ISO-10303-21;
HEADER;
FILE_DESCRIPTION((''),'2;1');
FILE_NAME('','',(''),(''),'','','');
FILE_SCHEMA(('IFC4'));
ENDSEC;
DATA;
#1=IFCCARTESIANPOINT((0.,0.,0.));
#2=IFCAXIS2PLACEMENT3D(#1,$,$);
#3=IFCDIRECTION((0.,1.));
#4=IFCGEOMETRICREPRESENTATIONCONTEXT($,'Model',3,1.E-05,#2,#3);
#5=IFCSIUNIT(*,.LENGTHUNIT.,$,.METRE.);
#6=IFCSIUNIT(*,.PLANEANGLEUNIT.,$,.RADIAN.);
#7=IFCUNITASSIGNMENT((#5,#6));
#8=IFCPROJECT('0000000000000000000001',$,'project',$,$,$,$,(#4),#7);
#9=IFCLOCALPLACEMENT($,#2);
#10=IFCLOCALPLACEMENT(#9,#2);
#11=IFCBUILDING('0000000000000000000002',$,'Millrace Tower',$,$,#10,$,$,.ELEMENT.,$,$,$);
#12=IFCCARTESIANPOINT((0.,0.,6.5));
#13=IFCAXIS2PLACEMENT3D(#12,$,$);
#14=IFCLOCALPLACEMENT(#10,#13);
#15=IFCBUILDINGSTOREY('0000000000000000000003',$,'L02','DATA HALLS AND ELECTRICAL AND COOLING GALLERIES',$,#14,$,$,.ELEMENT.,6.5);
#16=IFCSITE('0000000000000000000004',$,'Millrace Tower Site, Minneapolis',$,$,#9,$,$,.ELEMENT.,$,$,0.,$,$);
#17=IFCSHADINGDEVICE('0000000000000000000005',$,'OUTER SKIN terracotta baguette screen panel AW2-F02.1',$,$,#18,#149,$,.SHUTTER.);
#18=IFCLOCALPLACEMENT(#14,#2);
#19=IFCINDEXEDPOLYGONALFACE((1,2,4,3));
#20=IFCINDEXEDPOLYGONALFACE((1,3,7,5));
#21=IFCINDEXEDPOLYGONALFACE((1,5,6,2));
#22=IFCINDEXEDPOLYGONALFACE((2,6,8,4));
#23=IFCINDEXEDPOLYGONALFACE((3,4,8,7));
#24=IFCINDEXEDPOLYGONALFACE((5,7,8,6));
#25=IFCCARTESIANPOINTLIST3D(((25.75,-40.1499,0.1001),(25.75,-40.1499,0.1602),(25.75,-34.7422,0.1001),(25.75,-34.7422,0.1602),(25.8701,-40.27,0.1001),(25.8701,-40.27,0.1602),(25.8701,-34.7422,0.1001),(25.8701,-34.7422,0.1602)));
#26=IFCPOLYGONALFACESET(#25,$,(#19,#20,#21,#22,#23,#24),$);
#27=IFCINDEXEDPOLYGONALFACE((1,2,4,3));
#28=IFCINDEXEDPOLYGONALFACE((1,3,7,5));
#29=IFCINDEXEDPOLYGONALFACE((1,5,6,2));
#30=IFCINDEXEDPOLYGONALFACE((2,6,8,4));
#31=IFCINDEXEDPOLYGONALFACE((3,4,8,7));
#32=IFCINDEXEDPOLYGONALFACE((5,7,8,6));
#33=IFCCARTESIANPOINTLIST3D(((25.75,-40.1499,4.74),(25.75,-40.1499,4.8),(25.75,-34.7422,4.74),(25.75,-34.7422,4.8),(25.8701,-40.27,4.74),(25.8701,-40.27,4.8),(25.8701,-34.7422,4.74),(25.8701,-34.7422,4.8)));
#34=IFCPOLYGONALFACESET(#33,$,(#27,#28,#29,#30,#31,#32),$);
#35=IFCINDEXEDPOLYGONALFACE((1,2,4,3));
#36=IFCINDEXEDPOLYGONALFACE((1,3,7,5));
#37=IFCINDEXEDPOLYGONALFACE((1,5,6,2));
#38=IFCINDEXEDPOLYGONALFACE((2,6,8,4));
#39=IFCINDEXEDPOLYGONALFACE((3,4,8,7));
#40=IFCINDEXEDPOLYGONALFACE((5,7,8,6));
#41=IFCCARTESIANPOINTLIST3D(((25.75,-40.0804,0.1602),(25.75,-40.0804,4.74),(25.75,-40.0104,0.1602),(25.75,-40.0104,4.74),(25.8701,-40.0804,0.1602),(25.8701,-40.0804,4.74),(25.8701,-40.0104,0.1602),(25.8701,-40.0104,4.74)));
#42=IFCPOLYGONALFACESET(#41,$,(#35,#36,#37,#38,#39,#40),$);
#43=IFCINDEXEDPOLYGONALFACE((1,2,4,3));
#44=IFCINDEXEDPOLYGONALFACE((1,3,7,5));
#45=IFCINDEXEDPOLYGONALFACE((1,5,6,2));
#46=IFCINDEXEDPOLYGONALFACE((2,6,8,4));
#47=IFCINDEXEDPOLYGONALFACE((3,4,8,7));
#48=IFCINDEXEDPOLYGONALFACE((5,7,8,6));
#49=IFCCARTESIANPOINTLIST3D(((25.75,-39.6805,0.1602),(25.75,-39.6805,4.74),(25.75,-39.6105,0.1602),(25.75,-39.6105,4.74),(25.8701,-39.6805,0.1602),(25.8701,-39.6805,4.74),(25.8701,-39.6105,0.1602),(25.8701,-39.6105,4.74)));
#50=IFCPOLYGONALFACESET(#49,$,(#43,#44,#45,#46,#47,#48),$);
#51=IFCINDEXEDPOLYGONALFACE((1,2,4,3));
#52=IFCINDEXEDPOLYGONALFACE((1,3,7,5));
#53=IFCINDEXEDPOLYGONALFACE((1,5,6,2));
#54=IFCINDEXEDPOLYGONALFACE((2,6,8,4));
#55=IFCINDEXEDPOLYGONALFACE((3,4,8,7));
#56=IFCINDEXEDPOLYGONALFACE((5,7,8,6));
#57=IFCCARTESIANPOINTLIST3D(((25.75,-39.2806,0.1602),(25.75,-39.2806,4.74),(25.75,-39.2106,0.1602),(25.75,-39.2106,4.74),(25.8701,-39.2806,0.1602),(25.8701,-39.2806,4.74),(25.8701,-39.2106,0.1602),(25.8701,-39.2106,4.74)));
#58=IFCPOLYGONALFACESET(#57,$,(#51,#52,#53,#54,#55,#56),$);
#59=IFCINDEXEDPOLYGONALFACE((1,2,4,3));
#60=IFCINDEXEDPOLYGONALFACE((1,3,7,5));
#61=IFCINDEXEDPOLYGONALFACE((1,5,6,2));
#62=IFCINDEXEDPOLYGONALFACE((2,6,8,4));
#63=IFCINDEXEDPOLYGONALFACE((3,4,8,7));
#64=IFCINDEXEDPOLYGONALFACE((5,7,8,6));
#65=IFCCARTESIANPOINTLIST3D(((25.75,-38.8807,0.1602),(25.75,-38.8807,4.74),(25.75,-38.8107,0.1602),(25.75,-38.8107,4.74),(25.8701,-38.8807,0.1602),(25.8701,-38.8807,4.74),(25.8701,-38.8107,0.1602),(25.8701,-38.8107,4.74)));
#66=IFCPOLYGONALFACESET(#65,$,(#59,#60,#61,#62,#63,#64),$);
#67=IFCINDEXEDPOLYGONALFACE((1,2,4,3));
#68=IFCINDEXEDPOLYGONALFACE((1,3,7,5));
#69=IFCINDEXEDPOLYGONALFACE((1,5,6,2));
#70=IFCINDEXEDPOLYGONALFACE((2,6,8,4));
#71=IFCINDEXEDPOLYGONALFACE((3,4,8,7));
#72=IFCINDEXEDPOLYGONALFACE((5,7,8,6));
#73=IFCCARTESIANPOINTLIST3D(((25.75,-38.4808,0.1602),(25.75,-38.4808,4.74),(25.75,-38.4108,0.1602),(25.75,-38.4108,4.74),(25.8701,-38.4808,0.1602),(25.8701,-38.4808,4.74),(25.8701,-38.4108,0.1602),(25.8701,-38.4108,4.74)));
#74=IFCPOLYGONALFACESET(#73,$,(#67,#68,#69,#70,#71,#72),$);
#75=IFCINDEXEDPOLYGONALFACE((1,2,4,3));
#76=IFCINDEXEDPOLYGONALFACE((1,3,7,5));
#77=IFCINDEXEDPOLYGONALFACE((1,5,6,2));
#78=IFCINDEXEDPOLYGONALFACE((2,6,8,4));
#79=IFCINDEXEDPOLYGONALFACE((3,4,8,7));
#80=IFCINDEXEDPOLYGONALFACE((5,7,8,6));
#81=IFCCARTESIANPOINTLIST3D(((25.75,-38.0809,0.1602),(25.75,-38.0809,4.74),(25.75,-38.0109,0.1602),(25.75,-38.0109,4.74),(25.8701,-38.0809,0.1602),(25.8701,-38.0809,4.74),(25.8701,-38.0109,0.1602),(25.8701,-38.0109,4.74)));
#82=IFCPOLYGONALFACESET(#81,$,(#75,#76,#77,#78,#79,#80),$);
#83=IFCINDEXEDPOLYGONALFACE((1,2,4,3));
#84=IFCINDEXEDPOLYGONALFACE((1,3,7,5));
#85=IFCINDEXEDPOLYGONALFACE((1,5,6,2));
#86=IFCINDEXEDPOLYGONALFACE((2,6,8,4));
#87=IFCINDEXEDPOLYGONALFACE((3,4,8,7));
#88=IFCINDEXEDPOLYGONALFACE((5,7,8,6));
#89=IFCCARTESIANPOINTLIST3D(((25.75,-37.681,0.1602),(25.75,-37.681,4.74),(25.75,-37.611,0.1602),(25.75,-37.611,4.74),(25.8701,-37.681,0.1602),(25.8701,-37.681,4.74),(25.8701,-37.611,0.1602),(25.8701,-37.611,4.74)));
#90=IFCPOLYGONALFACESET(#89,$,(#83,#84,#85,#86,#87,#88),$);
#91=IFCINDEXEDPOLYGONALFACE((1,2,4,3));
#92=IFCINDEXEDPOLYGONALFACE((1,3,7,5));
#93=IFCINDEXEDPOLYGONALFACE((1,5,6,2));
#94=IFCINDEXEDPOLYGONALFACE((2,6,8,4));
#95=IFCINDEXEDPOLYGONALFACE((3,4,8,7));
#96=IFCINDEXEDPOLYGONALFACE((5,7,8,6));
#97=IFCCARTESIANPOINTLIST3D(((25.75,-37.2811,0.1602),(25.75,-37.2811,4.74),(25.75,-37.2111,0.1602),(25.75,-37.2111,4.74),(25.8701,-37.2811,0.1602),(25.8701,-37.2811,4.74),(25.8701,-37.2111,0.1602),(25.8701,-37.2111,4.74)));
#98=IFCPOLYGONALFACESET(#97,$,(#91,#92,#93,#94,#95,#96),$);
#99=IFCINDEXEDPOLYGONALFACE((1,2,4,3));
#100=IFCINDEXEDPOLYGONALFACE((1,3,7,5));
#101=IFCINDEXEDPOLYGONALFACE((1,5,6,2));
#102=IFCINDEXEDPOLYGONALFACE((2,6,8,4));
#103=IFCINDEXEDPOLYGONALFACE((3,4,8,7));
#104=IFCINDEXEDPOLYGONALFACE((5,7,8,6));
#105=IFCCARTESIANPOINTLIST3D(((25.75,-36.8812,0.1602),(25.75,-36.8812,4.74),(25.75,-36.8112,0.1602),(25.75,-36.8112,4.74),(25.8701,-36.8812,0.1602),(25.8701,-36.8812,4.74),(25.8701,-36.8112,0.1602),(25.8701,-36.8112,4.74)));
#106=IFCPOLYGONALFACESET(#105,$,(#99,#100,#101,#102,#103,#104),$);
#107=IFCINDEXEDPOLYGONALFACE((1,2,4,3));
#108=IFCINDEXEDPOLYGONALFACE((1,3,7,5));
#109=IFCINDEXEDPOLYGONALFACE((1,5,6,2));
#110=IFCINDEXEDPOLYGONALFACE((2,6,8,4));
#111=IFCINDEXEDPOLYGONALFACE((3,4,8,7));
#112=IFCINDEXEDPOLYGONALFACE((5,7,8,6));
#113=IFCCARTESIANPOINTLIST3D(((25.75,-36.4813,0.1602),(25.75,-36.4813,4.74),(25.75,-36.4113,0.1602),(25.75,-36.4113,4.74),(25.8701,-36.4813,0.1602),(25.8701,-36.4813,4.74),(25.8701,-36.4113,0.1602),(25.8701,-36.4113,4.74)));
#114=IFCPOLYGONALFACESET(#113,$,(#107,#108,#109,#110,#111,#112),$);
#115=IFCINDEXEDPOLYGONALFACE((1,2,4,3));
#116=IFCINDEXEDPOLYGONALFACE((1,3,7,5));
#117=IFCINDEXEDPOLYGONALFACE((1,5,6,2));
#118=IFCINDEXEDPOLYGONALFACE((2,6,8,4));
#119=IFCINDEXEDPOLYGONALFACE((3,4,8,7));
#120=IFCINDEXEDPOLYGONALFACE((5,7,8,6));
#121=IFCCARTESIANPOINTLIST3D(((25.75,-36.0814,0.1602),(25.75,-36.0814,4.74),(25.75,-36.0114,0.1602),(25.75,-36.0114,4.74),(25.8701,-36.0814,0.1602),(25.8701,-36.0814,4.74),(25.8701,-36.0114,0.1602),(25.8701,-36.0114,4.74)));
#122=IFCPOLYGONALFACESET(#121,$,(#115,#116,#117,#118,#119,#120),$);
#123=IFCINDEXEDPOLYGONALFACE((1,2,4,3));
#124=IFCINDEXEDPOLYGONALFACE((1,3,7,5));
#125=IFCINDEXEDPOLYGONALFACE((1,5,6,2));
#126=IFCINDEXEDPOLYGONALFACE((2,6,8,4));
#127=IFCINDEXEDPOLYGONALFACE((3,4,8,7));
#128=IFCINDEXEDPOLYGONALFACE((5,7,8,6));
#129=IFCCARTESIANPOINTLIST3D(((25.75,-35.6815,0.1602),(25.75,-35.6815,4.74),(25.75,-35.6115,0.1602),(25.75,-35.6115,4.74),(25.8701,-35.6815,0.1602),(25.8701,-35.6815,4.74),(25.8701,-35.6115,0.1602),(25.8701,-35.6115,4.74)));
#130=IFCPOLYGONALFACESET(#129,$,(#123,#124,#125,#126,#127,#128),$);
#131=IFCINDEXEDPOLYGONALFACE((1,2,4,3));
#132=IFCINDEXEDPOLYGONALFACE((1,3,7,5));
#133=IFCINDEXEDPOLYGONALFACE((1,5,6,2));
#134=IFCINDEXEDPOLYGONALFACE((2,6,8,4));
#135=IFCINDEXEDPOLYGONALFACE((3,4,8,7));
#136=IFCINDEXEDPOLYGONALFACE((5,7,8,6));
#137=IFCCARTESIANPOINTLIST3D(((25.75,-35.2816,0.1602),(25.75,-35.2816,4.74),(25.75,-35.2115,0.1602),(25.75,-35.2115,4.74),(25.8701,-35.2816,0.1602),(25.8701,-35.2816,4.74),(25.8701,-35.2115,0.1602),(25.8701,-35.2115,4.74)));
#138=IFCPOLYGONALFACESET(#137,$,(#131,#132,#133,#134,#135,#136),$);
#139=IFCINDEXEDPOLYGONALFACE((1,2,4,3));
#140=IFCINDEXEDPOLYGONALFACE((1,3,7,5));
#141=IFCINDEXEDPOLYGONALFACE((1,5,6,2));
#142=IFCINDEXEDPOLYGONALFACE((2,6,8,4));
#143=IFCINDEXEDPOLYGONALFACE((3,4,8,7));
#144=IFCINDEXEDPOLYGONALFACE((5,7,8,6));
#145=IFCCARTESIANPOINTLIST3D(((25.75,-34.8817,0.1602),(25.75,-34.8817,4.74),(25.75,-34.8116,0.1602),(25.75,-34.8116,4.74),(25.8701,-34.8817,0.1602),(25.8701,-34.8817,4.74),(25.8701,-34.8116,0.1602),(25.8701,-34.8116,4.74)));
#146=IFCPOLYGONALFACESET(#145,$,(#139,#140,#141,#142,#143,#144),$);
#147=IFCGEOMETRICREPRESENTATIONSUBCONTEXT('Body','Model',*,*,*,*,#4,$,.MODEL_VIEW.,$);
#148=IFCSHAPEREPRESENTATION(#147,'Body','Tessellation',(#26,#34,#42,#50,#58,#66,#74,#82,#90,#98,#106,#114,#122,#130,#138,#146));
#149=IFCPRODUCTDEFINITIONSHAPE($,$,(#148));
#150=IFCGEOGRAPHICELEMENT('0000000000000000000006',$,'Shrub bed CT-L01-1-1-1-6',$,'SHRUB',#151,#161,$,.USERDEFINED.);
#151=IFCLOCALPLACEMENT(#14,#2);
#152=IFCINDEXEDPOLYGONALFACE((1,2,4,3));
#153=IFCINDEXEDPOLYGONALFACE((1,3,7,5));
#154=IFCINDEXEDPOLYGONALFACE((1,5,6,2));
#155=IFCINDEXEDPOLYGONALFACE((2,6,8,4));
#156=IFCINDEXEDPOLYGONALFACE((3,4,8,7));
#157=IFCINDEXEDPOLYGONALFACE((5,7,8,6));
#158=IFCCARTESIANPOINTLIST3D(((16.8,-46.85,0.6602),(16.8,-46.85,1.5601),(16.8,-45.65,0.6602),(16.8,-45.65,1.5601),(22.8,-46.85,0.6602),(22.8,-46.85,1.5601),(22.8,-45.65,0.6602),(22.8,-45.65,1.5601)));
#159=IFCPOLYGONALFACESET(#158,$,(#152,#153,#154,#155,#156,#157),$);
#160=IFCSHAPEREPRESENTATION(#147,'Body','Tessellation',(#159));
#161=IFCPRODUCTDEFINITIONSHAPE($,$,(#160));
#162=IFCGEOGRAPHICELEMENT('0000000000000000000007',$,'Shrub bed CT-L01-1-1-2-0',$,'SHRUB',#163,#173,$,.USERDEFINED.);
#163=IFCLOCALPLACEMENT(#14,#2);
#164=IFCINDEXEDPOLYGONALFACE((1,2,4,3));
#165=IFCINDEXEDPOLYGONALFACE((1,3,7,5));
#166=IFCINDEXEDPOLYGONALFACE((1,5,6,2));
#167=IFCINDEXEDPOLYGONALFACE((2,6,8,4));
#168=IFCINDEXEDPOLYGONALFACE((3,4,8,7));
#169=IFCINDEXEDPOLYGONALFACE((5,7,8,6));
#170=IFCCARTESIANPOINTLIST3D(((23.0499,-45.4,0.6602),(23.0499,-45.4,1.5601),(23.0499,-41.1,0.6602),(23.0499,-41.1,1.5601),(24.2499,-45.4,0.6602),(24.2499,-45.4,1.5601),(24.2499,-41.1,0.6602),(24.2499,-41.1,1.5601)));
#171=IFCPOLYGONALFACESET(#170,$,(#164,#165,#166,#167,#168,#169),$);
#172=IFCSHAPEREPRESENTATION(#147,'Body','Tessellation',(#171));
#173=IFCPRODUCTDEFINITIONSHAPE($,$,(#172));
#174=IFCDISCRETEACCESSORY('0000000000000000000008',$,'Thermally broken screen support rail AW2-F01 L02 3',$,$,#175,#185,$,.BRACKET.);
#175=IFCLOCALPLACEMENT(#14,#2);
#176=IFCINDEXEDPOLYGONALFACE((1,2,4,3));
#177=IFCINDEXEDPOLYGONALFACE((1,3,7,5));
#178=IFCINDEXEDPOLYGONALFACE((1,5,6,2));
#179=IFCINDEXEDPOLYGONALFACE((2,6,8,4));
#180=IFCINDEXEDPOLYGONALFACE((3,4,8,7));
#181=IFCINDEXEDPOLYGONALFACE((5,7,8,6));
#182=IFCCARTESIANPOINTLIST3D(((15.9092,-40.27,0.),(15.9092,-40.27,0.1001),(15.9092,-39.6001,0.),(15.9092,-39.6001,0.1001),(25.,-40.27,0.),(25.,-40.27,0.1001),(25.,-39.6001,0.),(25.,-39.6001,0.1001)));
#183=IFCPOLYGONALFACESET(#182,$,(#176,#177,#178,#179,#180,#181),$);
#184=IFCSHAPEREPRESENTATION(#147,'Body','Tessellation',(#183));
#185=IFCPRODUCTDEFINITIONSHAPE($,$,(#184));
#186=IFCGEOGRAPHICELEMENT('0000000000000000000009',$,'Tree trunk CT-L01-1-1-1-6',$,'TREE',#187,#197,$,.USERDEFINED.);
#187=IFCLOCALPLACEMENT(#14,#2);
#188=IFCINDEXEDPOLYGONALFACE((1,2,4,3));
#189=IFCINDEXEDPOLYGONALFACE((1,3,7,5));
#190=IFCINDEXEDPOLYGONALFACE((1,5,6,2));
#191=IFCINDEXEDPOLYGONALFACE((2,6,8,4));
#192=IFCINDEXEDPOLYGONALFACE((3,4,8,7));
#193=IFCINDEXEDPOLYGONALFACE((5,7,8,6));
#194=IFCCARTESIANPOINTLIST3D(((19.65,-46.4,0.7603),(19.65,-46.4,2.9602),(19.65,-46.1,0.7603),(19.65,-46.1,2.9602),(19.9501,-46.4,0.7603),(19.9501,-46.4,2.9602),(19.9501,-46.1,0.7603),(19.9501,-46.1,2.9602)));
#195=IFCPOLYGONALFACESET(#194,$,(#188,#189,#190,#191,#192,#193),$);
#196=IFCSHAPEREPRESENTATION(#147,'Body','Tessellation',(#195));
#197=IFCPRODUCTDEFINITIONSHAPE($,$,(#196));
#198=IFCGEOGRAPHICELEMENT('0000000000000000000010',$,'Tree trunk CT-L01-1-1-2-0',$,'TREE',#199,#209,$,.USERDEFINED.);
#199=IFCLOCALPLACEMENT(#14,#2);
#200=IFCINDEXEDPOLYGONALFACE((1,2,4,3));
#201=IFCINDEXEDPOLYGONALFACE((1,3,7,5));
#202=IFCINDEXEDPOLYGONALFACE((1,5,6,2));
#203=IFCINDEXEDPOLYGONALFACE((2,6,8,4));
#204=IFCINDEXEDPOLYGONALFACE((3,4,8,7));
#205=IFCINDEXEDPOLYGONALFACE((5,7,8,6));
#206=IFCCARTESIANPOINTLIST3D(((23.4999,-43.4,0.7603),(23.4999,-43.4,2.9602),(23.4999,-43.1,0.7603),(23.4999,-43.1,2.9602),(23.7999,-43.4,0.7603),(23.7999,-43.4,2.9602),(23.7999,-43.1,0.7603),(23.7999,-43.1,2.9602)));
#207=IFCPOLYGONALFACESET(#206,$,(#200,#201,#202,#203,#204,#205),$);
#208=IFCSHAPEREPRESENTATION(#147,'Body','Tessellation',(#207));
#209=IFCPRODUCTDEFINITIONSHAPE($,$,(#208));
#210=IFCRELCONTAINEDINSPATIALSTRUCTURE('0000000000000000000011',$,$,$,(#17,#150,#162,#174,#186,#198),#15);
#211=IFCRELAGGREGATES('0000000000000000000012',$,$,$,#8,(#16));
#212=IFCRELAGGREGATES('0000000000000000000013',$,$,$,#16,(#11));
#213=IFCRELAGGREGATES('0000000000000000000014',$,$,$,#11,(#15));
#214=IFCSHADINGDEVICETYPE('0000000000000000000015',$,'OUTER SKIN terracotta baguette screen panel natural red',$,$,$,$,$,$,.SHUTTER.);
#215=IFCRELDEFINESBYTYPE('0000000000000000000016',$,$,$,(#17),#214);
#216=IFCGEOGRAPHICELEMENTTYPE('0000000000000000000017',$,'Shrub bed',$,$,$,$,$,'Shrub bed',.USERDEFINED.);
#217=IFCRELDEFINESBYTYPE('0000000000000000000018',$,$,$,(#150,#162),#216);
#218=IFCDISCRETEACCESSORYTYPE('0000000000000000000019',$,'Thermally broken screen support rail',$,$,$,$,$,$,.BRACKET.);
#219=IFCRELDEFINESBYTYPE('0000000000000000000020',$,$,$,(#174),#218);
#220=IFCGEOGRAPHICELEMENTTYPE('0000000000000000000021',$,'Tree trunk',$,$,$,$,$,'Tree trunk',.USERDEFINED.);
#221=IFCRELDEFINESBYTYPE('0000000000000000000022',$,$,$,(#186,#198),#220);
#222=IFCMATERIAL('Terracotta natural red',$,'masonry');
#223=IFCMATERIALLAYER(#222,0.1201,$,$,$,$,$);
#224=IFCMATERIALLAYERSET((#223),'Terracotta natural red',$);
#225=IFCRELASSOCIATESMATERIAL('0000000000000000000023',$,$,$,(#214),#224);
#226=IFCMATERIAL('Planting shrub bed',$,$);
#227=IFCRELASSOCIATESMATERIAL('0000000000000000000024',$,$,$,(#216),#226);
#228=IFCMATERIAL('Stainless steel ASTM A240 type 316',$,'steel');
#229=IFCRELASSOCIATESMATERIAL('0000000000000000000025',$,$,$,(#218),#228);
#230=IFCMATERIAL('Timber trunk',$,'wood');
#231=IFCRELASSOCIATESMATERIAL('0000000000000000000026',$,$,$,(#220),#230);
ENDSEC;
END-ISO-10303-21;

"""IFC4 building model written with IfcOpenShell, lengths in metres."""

from ifc_helpers import new_model, entity, si_unit, direction, frame, frame_2d, origin, origin_2d, place, context, subcontext, project, spatial, rectangle, extrude, source, transform, mapped, material, layer, layer_set, type_object, element, save


model = new_model("IFC4")

# Units and contexts
model_context = context("Model", 3, precision=1e-05, world=origin(), true_north=direction((0.0, 1.0)))
body_context = subcontext(model_context, "Body", "Model", "MODEL_VIEW")
ifc_project = project(units=[si_unit("LENGTHUNIT", "METRE"), si_unit("PLANEANGLEUNIT", "RADIAN")], contexts=[model_context])

# Site, building, storey
site_placement = place(None, origin())
site = spatial("IfcSite", under=ifc_project, at=site_placement, Name="Millrace Tower Site, Minneapolis", CompositionType="ELEMENT", RefElevation=0.0)
building_placement = place(site_placement, origin())
building = spatial("IfcBuilding", under=site, at=building_placement, Name="Millrace Tower", CompositionType="ELEMENT")
storey_placement = place(building_placement, frame((0.0, 0.0, 6.5)))
storey = spatial("IfcBuildingStorey", under=building, at=storey_placement, Name="L02", Description="DATA HALLS AND ELECTRICAL AND COOLING GALLERIES", CompositionType="ELEMENT", Elevation=6.5)

# Shading device
ifc_material_1 = material(Name="Terracotta natural red", Category="masonry")
ifc_layer_1 = layer(ifc_material_1, 0.1201)
ifc_layer_set_1 = layer_set([ifc_layer_1], Name="Terracotta natural red")
shading_device_type_1 = type_object("IfcShadingDeviceType", Name="OUTER SKIN terracotta baguette screen panel natural red", PredefinedType="SHUTTER", material=ifc_layer_set_1)
cartesian_point_1 = entity("IfcCartesianPoint", [-2.6738, 0.0601])
shared_polyline_1 = entity("IfcPolyline", [cartesian_point_1, entity("IfcCartesianPoint", [2.7339, 0.0601]), entity("IfcCartesianPoint", [2.7339, -0.0601]), entity("IfcCartesianPoint", [-2.7939, -0.0601]), cartesian_point_1])
shared_shape_1 = source(origin(), body_context, "Body", "SweptSolid", [
    entity("IfcExtrudedAreaSolid", entity("IfcArbitraryClosedProfileDef", "AREA", None, shared_polyline_1), entity("IfcAxis2Placement3D", entity("IfcCartesianPoint", [0.0, 0.0, 0.0])), entity("IfcDirection", [0.0, 0.0, 1.0]), 0.0601),
    entity("IfcExtrudedAreaSolid", entity("IfcArbitraryClosedProfileDef", "AREA", None, shared_polyline_1), entity("IfcAxis2Placement3D", entity("IfcCartesianPoint", [0.0, 0.0, 4.6399])), entity("IfcDirection", [0.0, 0.0, 1.0]), 0.0601),
    extrude(rectangle(XDim=0.0701, YDim=0.1201, at=frame_2d((-2.5693, 0.0))), frame((0.0, 0.0, 0.0601)), (0.0, 0.0, 1.0), 4.5798),
    extrude(rectangle(XDim=0.0701, YDim=0.1201, at=frame_2d((-2.1694, 0.0))), frame((0.0, 0.0, 0.0601)), (0.0, 0.0, 1.0), 4.5798),
    extrude(rectangle(XDim=0.0701, YDim=0.1201, at=frame_2d((-1.7695, 0.0))), frame((0.0, 0.0, 0.0601)), (0.0, 0.0, 1.0), 4.5798),
    extrude(rectangle(XDim=0.0701, YDim=0.1201, at=frame_2d((-1.3696, 0.0))), frame((0.0, 0.0, 0.0601)), (0.0, 0.0, 1.0), 4.5798),
    extrude(rectangle(XDim=0.0701, YDim=0.1201, at=frame_2d((-0.9697, 0.0))), frame((0.0, 0.0, 0.0601)), (0.0, 0.0, 1.0), 4.5798),
    extrude(rectangle(XDim=0.0701, YDim=0.1201, at=frame_2d((-0.5698, 0.0))), frame((0.0, 0.0, 0.0601)), (0.0, 0.0, 1.0), 4.5798),
    extrude(rectangle(XDim=0.0701, YDim=0.1201, at=frame_2d((-0.1699, 0.0))), frame((0.0, 0.0, 0.0601)), (0.0, 0.0, 1.0), 4.5798),
    extrude(rectangle(XDim=0.0701, YDim=0.1201, at=frame_2d((0.23, 0.0))), frame((0.0, 0.0, 0.0601)), (0.0, 0.0, 1.0), 4.5798),
    extrude(rectangle(XDim=0.0701, YDim=0.1201, at=frame_2d((0.6299, 0.0))), frame((0.0, 0.0, 0.0601)), (0.0, 0.0, 1.0), 4.5798),
    extrude(rectangle(XDim=0.0701, YDim=0.1201, at=frame_2d((1.0298, 0.0))), frame((0.0, 0.0, 0.0601)), (0.0, 0.0, 1.0), 4.5798),
    extrude(rectangle(XDim=0.0701, YDim=0.1201, at=frame_2d((1.4297, 0.0))), frame((0.0, 0.0, 0.0601)), (0.0, 0.0, 1.0), 4.5798),
    extrude(rectangle(XDim=0.0701, YDim=0.1201, at=frame_2d((1.8296, 0.0))), frame((0.0, 0.0, 0.0601)), (0.0, 0.0, 1.0), 4.5798),
    extrude(rectangle(XDim=0.0701, YDim=0.1201, at=frame_2d((2.2295, 0.0))), frame((0.0, 0.0, 0.0601)), (0.0, 0.0, 1.0), 4.5798),
    extrude(rectangle(XDim=0.0701, YDim=0.1201, at=frame_2d((2.6294, 0.0))), frame((0.0, 0.0, 0.0601)), (0.0, 0.0, 1.0), 4.5798),
])
shading_device_1_placement = place(storey_placement, frame((25.8101, -37.4761, 0.1001), z_axis=(0.0, 0.0, 1.0), x_axis=(0.0, 1.0, 0.0)))
element("IfcShadingDevice", 1, at=shading_device_1_placement, inside=storey, type_object=shading_device_type_1, Name="OUTER SKIN terracotta baguette screen panel AW2-F02.1", PredefinedType="SHUTTER", context=body_context, shape_type="MappedRepresentation", body=[
    mapped(shared_shape_1, transform((0.0, 0.0, 0.0), scale=1.0)),
])

# Geographic elements
ifc_material_2 = material(Name="Planting shrub bed")
geographic_element_type_1 = type_object("IfcGeographicElementType", Name="Shrub bed", ElementType="Shrub bed", PredefinedType="USERDEFINED", material=ifc_material_2)
geographic_element_1_placement = place(storey_placement, frame((19.8, -46.25, 0.6602), z_axis=(0.0, 0.0, 1.0), x_axis=(1.0, 0.0, 0.0)))
element("IfcGeographicElement", 2, at=geographic_element_1_placement, inside=storey, type_object=geographic_element_type_1, Name="Shrub bed CT-L01-1-1-1-6", ObjectType="SHRUB", PredefinedType="USERDEFINED", context=body_context, shape_type="SweptSolid", body=[
    extrude(rectangle(XDim=6.0, YDim=1.2, at=origin_2d()), origin(), (0.0, 0.0, 1.0), 0.8999),
])
geographic_element_2_placement = place(storey_placement, frame((23.6499, -43.25, 0.6602), z_axis=(0.0, 0.0, 1.0), x_axis=(0.0, 1.0, 0.0)))
element("IfcGeographicElement", 3, at=geographic_element_2_placement, inside=storey, type_object=geographic_element_type_1, Name="Shrub bed CT-L01-1-1-2-0", ObjectType="SHRUB", PredefinedType="USERDEFINED", context=body_context, shape_type="SweptSolid", body=[
    extrude(rectangle(XDim=4.3, YDim=1.2, at=origin_2d()), origin(), (0.0, 0.0, 1.0), 0.8999),
])

# Discrete accessory
ifc_material_3 = material(Name="Stainless steel ASTM A240 type 316", Category="steel")
discrete_accessory_type = type_object("IfcDiscreteAccessoryType", Name="Thermally broken screen support rail", PredefinedType="BRACKET", material=ifc_material_3)
discrete_accessory_placement = place(storey_placement, frame((20.4546, -39.9351, 0.0), z_axis=(0.0, 0.0, 1.0), x_axis=(1.0, 0.0, 0.0)))
element("IfcDiscreteAccessory", 4, at=discrete_accessory_placement, inside=storey, type_object=discrete_accessory_type, Name="Thermally broken screen support rail AW2-F01 L02 3", PredefinedType="BRACKET", context=body_context, shape_type="SweptSolid", body=[
    extrude(rectangle(XDim=9.0908, YDim=0.6699, at=origin_2d()), origin(), (0.0, 0.0, 1.0), 0.1001),
])

# Geographic elements
ifc_material_4 = material(Name="Timber trunk", Category="wood")
geographic_element_type_2 = type_object("IfcGeographicElementType", Name="Tree trunk", ElementType="Tree trunk", PredefinedType="USERDEFINED", material=ifc_material_4)
for number, where, z_axis, x_axis, name in (
    (5, (19.8, -46.25, 0.7603), (0.0, 0.0, 1.0), (1.0, 0.0, 0.0), "Tree trunk CT-L01-1-1-1-6"),
    (6, (23.6499, -43.25, 0.7603), (0.0, 0.0, 1.0), (1.0, 0.0, 0.0), "Tree trunk CT-L01-1-1-2-0"),
):
    element("IfcGeographicElement", number, at=place(storey_placement, frame(where, z_axis=z_axis, x_axis=x_axis)), inside=storey, type_object=geographic_element_type_2, Name=name, ObjectType="TREE", PredefinedType="USERDEFINED", context=body_context, shape_type="SweptSolid", body=[
        extrude(rectangle(XDim=0.3, YDim=0.3, at=origin_2d()), origin(), (0.0, 0.0, 1.0), 2.2),
    ])

save(model, "model.ifc")
